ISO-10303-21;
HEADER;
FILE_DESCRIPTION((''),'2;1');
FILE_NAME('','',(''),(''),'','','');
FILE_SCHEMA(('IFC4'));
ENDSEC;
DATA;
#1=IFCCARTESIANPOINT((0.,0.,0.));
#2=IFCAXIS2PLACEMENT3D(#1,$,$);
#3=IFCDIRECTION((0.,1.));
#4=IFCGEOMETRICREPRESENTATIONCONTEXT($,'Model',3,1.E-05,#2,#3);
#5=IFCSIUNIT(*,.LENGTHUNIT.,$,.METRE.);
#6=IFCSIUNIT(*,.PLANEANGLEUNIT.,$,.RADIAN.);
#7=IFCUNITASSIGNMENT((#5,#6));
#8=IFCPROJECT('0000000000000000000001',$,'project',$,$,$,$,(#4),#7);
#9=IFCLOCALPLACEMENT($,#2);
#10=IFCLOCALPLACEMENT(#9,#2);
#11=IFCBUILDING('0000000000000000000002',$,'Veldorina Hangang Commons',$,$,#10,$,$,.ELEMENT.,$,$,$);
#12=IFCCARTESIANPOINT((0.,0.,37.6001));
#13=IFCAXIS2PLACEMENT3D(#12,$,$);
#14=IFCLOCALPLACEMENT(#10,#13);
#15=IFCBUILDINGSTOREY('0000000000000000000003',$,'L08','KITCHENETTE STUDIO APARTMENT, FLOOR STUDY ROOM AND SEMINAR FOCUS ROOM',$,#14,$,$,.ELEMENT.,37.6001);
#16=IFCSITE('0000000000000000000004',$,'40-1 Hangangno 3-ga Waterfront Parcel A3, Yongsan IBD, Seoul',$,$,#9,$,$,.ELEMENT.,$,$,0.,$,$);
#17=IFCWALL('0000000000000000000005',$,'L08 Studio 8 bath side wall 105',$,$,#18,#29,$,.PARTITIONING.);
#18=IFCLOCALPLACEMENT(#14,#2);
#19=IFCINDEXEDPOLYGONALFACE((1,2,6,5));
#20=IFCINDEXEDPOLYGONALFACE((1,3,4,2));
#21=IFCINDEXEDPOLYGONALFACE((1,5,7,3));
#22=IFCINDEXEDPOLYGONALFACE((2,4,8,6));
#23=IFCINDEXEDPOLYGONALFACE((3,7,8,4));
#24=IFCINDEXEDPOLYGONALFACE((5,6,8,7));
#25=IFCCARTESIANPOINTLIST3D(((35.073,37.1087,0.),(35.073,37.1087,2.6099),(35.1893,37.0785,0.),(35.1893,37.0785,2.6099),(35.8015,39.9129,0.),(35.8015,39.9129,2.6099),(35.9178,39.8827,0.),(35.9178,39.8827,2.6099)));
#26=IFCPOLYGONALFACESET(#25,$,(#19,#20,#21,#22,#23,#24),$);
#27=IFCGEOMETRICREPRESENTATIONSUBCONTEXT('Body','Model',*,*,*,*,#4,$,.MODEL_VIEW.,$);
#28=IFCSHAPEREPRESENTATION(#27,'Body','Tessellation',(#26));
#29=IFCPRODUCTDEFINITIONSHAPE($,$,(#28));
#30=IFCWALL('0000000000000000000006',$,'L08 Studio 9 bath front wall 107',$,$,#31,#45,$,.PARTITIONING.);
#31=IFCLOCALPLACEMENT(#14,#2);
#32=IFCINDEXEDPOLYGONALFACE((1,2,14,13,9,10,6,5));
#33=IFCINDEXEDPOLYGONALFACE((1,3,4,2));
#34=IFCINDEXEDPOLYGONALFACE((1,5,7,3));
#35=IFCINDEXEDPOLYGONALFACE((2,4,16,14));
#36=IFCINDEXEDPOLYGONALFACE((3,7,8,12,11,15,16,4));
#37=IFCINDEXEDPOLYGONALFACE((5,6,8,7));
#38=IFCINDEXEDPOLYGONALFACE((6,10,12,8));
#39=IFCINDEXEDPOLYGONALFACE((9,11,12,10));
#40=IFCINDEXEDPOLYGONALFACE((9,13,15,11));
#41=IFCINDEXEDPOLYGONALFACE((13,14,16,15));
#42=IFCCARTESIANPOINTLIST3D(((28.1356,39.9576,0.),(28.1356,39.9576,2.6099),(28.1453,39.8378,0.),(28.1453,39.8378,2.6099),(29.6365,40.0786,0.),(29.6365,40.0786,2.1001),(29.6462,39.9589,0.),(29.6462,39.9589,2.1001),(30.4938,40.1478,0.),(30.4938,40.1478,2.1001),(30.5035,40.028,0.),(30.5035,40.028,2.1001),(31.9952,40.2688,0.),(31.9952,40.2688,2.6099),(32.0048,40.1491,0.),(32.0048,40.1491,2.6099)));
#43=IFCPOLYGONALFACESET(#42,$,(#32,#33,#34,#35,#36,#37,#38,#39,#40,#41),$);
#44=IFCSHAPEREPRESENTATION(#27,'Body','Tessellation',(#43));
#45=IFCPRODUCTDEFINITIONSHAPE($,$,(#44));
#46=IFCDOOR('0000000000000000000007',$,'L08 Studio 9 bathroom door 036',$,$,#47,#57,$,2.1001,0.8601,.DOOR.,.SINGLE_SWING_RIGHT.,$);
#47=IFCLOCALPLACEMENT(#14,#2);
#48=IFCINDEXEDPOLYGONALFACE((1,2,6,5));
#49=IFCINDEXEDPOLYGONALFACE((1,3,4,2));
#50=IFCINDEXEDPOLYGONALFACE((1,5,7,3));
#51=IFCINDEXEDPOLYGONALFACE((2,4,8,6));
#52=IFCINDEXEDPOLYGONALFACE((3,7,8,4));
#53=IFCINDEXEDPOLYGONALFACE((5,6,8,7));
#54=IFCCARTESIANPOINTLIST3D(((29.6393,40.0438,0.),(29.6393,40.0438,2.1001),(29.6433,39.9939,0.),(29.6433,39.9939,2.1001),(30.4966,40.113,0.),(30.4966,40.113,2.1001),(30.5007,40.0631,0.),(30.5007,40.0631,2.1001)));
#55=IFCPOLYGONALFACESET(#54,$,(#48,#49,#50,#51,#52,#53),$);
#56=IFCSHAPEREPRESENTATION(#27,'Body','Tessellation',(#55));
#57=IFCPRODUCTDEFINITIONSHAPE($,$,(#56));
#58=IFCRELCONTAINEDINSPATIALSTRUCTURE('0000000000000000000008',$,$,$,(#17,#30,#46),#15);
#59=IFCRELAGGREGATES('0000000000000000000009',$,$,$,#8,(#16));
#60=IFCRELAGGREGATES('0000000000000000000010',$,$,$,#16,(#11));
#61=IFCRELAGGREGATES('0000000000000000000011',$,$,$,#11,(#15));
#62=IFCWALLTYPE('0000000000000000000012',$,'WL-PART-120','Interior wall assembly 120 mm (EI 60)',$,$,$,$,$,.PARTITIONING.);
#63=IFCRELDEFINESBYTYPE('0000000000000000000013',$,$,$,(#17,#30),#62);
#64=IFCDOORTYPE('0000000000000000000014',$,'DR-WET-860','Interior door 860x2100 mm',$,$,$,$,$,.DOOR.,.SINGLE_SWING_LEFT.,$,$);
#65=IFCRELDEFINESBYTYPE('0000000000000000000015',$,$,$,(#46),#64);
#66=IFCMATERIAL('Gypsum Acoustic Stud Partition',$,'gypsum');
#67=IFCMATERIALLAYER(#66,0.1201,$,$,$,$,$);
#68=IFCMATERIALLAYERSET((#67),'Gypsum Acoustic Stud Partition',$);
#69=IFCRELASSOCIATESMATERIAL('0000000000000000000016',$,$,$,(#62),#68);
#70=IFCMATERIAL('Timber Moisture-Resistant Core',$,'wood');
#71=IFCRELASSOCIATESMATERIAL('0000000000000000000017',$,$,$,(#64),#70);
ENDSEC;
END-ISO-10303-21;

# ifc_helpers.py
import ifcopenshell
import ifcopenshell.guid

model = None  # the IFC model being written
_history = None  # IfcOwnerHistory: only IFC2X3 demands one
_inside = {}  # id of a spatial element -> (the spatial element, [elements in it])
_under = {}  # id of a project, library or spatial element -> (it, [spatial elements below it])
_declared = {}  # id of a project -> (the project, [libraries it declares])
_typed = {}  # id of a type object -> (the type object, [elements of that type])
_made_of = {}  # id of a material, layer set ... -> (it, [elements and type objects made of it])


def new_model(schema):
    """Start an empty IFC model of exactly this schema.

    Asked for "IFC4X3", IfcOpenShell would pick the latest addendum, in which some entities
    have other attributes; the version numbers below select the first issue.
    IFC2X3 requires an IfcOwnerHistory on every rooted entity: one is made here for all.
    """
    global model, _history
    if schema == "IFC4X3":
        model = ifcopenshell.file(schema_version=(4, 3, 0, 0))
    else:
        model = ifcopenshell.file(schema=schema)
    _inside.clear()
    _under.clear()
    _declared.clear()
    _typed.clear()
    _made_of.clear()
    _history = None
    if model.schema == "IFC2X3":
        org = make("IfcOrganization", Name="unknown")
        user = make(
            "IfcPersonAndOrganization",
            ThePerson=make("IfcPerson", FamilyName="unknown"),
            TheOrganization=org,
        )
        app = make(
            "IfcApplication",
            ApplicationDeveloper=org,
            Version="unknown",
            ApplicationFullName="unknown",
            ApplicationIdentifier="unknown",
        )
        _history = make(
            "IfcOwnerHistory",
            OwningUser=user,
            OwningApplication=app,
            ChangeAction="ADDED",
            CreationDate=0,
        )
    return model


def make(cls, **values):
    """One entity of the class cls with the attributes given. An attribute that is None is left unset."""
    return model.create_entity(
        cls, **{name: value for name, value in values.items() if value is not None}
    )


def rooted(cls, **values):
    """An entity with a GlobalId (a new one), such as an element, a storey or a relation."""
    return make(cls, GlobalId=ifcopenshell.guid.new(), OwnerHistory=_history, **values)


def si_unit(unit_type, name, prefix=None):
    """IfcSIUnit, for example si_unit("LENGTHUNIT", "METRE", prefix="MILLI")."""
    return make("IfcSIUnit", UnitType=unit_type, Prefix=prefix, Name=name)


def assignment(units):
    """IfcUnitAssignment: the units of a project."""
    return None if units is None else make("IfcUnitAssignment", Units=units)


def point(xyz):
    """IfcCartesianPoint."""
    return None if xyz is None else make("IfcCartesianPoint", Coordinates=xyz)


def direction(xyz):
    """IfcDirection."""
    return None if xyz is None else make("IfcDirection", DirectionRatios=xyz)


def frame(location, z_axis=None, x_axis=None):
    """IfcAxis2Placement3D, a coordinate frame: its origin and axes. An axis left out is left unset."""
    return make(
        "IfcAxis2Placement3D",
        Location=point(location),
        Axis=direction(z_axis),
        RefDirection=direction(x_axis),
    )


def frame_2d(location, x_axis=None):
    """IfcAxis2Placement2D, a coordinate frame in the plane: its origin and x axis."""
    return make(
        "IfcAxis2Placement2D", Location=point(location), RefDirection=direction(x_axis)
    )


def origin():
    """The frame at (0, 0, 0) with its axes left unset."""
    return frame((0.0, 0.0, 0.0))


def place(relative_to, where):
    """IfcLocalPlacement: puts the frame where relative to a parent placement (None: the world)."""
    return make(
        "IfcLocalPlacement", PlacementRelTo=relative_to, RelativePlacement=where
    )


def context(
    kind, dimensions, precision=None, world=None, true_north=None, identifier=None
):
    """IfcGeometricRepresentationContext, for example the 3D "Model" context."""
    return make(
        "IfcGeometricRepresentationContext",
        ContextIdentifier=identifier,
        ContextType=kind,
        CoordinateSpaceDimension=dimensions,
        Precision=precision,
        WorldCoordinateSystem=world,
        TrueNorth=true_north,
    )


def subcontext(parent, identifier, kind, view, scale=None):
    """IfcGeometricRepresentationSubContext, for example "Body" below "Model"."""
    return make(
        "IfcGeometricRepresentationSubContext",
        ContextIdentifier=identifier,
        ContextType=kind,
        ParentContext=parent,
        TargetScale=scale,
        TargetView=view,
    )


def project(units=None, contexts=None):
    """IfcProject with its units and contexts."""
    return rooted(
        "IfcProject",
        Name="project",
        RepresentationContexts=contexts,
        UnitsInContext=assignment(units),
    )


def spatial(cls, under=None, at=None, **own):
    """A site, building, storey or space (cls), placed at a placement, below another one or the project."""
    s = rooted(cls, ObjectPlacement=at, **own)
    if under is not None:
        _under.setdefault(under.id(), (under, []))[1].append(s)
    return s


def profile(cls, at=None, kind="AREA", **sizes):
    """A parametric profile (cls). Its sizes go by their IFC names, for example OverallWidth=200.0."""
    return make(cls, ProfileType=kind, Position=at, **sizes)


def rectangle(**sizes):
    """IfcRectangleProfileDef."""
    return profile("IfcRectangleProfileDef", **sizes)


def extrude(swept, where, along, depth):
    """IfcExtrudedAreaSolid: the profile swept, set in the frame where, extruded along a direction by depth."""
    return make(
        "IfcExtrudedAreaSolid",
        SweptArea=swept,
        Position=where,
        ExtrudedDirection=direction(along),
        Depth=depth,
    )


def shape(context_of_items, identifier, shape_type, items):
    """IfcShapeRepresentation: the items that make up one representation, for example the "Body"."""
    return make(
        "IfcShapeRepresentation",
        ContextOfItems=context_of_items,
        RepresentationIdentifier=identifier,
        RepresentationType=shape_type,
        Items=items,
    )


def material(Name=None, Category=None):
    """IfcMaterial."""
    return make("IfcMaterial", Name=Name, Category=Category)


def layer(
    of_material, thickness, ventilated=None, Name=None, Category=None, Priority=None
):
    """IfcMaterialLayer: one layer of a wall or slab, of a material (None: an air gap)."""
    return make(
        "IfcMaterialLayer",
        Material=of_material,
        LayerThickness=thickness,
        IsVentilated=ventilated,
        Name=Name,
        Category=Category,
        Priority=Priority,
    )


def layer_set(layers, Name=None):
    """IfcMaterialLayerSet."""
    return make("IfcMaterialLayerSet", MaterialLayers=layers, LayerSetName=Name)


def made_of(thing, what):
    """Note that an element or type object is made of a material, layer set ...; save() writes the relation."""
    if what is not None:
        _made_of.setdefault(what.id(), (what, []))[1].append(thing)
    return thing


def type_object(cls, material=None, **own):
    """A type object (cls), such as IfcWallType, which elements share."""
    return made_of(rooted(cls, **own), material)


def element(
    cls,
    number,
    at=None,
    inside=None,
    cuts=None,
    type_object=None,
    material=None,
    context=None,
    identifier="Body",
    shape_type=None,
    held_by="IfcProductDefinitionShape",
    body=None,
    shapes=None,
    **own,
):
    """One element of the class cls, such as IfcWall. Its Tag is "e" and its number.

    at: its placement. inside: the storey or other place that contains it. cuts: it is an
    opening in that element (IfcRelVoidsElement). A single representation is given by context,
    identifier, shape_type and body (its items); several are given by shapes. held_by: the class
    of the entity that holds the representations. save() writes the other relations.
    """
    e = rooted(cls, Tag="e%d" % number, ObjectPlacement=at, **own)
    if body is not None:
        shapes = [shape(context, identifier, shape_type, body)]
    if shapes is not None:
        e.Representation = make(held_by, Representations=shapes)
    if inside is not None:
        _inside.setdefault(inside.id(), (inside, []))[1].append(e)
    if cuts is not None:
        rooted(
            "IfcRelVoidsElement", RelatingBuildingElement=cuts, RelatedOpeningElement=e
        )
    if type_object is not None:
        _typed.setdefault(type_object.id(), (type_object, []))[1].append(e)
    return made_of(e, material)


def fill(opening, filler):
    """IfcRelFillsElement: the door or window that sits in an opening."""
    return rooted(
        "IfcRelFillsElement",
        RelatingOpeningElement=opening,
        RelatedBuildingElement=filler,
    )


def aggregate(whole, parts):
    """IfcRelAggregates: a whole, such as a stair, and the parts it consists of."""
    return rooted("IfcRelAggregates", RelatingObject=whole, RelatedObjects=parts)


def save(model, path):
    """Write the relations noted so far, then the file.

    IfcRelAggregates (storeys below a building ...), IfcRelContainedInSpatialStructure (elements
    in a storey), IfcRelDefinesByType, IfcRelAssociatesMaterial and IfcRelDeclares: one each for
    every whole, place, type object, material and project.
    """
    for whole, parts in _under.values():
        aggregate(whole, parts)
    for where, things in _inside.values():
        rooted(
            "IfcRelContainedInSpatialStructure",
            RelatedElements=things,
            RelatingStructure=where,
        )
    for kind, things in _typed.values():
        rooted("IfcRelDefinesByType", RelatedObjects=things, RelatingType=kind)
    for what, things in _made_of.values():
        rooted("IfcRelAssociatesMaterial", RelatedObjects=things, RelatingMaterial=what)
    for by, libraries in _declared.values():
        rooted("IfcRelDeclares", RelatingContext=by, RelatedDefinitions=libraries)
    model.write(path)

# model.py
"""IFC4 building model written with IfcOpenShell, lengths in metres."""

from ifc_helpers import new_model, si_unit, direction, frame, frame_2d, origin, place, context, subcontext, project, spatial, rectangle, extrude, material, layer, layer_set, type_object, element, fill, save


model = new_model("IFC4")

# Units and contexts
model_context = context("Model", 3, precision=1e-05, world=origin(), true_north=direction((0.0, 1.0)))
body_context = subcontext(model_context, "Body", "Model", "MODEL_VIEW")
ifc_project = project(units=[si_unit("LENGTHUNIT", "METRE"), si_unit("PLANEANGLEUNIT", "RADIAN")], contexts=[model_context])

# Site, building, storey
site_placement = place(None, origin())
site = spatial("IfcSite", under=ifc_project, at=site_placement, Name="40-1 Hangangno 3-ga Waterfront Parcel A3, Yongsan IBD, Seoul", CompositionType="ELEMENT", RefElevation=0.0)
building_placement = place(site_placement, origin())
building = spatial("IfcBuilding", under=site, at=building_placement, Name="Veldorina Hangang Commons", CompositionType="ELEMENT")
storey_placement = place(building_placement, frame((0.0, 0.0, 37.6001)))
storey = spatial("IfcBuildingStorey", under=building, at=storey_placement, Name="L08", Description="KITCHENETTE STUDIO APARTMENT, FLOOR STUDY ROOM AND SEMINAR FOCUS ROOM", CompositionType="ELEMENT", Elevation=37.6001)

# Shared definitions
ifc_material_1 = material(Name="Gypsum Acoustic Stud Partition", Category="gypsum")
ifc_layer_1 = layer(ifc_material_1, 0.1201)
ifc_layer_set_1 = layer_set([ifc_layer_1], Name="Gypsum Acoustic Stud Partition")
wall_type_1 = type_object("IfcWallType", Name="WL-PART-120", Description="Interior wall assembly 120 mm (EI 60)", PredefinedType="PARTITIONING", material=ifc_layer_set_1)

# Shared definitions
ifc_material_2 = material(Name="Timber Moisture-Resistant Core", Category="wood")
door_type_1 = type_object("IfcDoorType", Name="DR-WET-860", Description="Interior door 860x2100 mm", OperationType="SINGLE_SWING_LEFT", PredefinedType="DOOR", material=ifc_material_2)

# Wall
wall_1_placement = place(storey_placement, frame((35.1311, 37.0935, 0.0), z_axis=(0.0, 0.0, 1.0), x_axis=(0.251448, 0.967871, 0.0)))
element("IfcWall", 1, at=wall_1_placement, inside=storey, type_object=wall_type_1, Name="L08 Studio 8 bath side wall 105", PredefinedType="PARTITIONING", context=body_context, shape_type="SweptSolid", body=[
    extrude(rectangle(XDim=2.8972, YDim=0.1201, at=frame_2d((1.4487, 0.0))), origin(), (0.0, 0.0, 1.0), 2.6099),
])

# Wall, opening, door
wall_2_placement = place(storey_placement, frame((32.0, 40.209, 0.0), z_axis=(0.0, 0.0, 1.0), x_axis=(-0.996764, -0.080389, 0.0)))
wall_2 = element("IfcWall", 2, at=wall_2_placement, inside=storey, type_object=wall_type_1, Name="L08 Studio 9 bath front wall 107", PredefinedType="PARTITIONING", context=body_context, shape_type="SweptSolid", body=[
    extrude(rectangle(XDim=3.8721, YDim=0.1201, at=frame_2d((1.936, 0.0))), origin(), (0.0, 0.0, 1.0), 2.6099),
])
opening_1_placement = place(wall_2_placement, frame((1.5061, 0.0, 0.0)))
opening_1 = element("IfcOpeningElement", 3, at=opening_1_placement, cuts=wall_2, PredefinedType="OPENING", context=body_context, shape_type="SweptSolid", body=[
    extrude(rectangle(XDim=0.8601, YDim=2.1001, at=frame_2d((0.4302, 1.05))), frame((0.0, 0.0701, 0.0), z_axis=(0.0, -1.0, 0.0), x_axis=(1.0, 0.0, 0.0)), (0.0, 0.0, 1.0), 0.1401),
])
door_1_placement = place(opening_1_placement, origin())
door_1 = element("IfcDoor", 4, at=door_1_placement, inside=storey, type_object=door_type_1, Name="L08 Studio 9 bathroom door 036", OperationType="SINGLE_SWING_RIGHT", OverallHeight=2.1001, OverallWidth=0.8601, PredefinedType="DOOR", context=body_context, shape_type="SweptSolid", body=[
    extrude(rectangle(XDim=0.8601, YDim=2.1001, at=frame_2d((0.4302, 1.05))), frame((0.0, 0.0249, 0.0), z_axis=(0.0, -1.0, 0.0), x_axis=(1.0, 0.0, 0.0)), (0.0, 0.0, 1.0), 0.05),
])
fill(opening_1, door_1)

save(model, "model.ifc")
